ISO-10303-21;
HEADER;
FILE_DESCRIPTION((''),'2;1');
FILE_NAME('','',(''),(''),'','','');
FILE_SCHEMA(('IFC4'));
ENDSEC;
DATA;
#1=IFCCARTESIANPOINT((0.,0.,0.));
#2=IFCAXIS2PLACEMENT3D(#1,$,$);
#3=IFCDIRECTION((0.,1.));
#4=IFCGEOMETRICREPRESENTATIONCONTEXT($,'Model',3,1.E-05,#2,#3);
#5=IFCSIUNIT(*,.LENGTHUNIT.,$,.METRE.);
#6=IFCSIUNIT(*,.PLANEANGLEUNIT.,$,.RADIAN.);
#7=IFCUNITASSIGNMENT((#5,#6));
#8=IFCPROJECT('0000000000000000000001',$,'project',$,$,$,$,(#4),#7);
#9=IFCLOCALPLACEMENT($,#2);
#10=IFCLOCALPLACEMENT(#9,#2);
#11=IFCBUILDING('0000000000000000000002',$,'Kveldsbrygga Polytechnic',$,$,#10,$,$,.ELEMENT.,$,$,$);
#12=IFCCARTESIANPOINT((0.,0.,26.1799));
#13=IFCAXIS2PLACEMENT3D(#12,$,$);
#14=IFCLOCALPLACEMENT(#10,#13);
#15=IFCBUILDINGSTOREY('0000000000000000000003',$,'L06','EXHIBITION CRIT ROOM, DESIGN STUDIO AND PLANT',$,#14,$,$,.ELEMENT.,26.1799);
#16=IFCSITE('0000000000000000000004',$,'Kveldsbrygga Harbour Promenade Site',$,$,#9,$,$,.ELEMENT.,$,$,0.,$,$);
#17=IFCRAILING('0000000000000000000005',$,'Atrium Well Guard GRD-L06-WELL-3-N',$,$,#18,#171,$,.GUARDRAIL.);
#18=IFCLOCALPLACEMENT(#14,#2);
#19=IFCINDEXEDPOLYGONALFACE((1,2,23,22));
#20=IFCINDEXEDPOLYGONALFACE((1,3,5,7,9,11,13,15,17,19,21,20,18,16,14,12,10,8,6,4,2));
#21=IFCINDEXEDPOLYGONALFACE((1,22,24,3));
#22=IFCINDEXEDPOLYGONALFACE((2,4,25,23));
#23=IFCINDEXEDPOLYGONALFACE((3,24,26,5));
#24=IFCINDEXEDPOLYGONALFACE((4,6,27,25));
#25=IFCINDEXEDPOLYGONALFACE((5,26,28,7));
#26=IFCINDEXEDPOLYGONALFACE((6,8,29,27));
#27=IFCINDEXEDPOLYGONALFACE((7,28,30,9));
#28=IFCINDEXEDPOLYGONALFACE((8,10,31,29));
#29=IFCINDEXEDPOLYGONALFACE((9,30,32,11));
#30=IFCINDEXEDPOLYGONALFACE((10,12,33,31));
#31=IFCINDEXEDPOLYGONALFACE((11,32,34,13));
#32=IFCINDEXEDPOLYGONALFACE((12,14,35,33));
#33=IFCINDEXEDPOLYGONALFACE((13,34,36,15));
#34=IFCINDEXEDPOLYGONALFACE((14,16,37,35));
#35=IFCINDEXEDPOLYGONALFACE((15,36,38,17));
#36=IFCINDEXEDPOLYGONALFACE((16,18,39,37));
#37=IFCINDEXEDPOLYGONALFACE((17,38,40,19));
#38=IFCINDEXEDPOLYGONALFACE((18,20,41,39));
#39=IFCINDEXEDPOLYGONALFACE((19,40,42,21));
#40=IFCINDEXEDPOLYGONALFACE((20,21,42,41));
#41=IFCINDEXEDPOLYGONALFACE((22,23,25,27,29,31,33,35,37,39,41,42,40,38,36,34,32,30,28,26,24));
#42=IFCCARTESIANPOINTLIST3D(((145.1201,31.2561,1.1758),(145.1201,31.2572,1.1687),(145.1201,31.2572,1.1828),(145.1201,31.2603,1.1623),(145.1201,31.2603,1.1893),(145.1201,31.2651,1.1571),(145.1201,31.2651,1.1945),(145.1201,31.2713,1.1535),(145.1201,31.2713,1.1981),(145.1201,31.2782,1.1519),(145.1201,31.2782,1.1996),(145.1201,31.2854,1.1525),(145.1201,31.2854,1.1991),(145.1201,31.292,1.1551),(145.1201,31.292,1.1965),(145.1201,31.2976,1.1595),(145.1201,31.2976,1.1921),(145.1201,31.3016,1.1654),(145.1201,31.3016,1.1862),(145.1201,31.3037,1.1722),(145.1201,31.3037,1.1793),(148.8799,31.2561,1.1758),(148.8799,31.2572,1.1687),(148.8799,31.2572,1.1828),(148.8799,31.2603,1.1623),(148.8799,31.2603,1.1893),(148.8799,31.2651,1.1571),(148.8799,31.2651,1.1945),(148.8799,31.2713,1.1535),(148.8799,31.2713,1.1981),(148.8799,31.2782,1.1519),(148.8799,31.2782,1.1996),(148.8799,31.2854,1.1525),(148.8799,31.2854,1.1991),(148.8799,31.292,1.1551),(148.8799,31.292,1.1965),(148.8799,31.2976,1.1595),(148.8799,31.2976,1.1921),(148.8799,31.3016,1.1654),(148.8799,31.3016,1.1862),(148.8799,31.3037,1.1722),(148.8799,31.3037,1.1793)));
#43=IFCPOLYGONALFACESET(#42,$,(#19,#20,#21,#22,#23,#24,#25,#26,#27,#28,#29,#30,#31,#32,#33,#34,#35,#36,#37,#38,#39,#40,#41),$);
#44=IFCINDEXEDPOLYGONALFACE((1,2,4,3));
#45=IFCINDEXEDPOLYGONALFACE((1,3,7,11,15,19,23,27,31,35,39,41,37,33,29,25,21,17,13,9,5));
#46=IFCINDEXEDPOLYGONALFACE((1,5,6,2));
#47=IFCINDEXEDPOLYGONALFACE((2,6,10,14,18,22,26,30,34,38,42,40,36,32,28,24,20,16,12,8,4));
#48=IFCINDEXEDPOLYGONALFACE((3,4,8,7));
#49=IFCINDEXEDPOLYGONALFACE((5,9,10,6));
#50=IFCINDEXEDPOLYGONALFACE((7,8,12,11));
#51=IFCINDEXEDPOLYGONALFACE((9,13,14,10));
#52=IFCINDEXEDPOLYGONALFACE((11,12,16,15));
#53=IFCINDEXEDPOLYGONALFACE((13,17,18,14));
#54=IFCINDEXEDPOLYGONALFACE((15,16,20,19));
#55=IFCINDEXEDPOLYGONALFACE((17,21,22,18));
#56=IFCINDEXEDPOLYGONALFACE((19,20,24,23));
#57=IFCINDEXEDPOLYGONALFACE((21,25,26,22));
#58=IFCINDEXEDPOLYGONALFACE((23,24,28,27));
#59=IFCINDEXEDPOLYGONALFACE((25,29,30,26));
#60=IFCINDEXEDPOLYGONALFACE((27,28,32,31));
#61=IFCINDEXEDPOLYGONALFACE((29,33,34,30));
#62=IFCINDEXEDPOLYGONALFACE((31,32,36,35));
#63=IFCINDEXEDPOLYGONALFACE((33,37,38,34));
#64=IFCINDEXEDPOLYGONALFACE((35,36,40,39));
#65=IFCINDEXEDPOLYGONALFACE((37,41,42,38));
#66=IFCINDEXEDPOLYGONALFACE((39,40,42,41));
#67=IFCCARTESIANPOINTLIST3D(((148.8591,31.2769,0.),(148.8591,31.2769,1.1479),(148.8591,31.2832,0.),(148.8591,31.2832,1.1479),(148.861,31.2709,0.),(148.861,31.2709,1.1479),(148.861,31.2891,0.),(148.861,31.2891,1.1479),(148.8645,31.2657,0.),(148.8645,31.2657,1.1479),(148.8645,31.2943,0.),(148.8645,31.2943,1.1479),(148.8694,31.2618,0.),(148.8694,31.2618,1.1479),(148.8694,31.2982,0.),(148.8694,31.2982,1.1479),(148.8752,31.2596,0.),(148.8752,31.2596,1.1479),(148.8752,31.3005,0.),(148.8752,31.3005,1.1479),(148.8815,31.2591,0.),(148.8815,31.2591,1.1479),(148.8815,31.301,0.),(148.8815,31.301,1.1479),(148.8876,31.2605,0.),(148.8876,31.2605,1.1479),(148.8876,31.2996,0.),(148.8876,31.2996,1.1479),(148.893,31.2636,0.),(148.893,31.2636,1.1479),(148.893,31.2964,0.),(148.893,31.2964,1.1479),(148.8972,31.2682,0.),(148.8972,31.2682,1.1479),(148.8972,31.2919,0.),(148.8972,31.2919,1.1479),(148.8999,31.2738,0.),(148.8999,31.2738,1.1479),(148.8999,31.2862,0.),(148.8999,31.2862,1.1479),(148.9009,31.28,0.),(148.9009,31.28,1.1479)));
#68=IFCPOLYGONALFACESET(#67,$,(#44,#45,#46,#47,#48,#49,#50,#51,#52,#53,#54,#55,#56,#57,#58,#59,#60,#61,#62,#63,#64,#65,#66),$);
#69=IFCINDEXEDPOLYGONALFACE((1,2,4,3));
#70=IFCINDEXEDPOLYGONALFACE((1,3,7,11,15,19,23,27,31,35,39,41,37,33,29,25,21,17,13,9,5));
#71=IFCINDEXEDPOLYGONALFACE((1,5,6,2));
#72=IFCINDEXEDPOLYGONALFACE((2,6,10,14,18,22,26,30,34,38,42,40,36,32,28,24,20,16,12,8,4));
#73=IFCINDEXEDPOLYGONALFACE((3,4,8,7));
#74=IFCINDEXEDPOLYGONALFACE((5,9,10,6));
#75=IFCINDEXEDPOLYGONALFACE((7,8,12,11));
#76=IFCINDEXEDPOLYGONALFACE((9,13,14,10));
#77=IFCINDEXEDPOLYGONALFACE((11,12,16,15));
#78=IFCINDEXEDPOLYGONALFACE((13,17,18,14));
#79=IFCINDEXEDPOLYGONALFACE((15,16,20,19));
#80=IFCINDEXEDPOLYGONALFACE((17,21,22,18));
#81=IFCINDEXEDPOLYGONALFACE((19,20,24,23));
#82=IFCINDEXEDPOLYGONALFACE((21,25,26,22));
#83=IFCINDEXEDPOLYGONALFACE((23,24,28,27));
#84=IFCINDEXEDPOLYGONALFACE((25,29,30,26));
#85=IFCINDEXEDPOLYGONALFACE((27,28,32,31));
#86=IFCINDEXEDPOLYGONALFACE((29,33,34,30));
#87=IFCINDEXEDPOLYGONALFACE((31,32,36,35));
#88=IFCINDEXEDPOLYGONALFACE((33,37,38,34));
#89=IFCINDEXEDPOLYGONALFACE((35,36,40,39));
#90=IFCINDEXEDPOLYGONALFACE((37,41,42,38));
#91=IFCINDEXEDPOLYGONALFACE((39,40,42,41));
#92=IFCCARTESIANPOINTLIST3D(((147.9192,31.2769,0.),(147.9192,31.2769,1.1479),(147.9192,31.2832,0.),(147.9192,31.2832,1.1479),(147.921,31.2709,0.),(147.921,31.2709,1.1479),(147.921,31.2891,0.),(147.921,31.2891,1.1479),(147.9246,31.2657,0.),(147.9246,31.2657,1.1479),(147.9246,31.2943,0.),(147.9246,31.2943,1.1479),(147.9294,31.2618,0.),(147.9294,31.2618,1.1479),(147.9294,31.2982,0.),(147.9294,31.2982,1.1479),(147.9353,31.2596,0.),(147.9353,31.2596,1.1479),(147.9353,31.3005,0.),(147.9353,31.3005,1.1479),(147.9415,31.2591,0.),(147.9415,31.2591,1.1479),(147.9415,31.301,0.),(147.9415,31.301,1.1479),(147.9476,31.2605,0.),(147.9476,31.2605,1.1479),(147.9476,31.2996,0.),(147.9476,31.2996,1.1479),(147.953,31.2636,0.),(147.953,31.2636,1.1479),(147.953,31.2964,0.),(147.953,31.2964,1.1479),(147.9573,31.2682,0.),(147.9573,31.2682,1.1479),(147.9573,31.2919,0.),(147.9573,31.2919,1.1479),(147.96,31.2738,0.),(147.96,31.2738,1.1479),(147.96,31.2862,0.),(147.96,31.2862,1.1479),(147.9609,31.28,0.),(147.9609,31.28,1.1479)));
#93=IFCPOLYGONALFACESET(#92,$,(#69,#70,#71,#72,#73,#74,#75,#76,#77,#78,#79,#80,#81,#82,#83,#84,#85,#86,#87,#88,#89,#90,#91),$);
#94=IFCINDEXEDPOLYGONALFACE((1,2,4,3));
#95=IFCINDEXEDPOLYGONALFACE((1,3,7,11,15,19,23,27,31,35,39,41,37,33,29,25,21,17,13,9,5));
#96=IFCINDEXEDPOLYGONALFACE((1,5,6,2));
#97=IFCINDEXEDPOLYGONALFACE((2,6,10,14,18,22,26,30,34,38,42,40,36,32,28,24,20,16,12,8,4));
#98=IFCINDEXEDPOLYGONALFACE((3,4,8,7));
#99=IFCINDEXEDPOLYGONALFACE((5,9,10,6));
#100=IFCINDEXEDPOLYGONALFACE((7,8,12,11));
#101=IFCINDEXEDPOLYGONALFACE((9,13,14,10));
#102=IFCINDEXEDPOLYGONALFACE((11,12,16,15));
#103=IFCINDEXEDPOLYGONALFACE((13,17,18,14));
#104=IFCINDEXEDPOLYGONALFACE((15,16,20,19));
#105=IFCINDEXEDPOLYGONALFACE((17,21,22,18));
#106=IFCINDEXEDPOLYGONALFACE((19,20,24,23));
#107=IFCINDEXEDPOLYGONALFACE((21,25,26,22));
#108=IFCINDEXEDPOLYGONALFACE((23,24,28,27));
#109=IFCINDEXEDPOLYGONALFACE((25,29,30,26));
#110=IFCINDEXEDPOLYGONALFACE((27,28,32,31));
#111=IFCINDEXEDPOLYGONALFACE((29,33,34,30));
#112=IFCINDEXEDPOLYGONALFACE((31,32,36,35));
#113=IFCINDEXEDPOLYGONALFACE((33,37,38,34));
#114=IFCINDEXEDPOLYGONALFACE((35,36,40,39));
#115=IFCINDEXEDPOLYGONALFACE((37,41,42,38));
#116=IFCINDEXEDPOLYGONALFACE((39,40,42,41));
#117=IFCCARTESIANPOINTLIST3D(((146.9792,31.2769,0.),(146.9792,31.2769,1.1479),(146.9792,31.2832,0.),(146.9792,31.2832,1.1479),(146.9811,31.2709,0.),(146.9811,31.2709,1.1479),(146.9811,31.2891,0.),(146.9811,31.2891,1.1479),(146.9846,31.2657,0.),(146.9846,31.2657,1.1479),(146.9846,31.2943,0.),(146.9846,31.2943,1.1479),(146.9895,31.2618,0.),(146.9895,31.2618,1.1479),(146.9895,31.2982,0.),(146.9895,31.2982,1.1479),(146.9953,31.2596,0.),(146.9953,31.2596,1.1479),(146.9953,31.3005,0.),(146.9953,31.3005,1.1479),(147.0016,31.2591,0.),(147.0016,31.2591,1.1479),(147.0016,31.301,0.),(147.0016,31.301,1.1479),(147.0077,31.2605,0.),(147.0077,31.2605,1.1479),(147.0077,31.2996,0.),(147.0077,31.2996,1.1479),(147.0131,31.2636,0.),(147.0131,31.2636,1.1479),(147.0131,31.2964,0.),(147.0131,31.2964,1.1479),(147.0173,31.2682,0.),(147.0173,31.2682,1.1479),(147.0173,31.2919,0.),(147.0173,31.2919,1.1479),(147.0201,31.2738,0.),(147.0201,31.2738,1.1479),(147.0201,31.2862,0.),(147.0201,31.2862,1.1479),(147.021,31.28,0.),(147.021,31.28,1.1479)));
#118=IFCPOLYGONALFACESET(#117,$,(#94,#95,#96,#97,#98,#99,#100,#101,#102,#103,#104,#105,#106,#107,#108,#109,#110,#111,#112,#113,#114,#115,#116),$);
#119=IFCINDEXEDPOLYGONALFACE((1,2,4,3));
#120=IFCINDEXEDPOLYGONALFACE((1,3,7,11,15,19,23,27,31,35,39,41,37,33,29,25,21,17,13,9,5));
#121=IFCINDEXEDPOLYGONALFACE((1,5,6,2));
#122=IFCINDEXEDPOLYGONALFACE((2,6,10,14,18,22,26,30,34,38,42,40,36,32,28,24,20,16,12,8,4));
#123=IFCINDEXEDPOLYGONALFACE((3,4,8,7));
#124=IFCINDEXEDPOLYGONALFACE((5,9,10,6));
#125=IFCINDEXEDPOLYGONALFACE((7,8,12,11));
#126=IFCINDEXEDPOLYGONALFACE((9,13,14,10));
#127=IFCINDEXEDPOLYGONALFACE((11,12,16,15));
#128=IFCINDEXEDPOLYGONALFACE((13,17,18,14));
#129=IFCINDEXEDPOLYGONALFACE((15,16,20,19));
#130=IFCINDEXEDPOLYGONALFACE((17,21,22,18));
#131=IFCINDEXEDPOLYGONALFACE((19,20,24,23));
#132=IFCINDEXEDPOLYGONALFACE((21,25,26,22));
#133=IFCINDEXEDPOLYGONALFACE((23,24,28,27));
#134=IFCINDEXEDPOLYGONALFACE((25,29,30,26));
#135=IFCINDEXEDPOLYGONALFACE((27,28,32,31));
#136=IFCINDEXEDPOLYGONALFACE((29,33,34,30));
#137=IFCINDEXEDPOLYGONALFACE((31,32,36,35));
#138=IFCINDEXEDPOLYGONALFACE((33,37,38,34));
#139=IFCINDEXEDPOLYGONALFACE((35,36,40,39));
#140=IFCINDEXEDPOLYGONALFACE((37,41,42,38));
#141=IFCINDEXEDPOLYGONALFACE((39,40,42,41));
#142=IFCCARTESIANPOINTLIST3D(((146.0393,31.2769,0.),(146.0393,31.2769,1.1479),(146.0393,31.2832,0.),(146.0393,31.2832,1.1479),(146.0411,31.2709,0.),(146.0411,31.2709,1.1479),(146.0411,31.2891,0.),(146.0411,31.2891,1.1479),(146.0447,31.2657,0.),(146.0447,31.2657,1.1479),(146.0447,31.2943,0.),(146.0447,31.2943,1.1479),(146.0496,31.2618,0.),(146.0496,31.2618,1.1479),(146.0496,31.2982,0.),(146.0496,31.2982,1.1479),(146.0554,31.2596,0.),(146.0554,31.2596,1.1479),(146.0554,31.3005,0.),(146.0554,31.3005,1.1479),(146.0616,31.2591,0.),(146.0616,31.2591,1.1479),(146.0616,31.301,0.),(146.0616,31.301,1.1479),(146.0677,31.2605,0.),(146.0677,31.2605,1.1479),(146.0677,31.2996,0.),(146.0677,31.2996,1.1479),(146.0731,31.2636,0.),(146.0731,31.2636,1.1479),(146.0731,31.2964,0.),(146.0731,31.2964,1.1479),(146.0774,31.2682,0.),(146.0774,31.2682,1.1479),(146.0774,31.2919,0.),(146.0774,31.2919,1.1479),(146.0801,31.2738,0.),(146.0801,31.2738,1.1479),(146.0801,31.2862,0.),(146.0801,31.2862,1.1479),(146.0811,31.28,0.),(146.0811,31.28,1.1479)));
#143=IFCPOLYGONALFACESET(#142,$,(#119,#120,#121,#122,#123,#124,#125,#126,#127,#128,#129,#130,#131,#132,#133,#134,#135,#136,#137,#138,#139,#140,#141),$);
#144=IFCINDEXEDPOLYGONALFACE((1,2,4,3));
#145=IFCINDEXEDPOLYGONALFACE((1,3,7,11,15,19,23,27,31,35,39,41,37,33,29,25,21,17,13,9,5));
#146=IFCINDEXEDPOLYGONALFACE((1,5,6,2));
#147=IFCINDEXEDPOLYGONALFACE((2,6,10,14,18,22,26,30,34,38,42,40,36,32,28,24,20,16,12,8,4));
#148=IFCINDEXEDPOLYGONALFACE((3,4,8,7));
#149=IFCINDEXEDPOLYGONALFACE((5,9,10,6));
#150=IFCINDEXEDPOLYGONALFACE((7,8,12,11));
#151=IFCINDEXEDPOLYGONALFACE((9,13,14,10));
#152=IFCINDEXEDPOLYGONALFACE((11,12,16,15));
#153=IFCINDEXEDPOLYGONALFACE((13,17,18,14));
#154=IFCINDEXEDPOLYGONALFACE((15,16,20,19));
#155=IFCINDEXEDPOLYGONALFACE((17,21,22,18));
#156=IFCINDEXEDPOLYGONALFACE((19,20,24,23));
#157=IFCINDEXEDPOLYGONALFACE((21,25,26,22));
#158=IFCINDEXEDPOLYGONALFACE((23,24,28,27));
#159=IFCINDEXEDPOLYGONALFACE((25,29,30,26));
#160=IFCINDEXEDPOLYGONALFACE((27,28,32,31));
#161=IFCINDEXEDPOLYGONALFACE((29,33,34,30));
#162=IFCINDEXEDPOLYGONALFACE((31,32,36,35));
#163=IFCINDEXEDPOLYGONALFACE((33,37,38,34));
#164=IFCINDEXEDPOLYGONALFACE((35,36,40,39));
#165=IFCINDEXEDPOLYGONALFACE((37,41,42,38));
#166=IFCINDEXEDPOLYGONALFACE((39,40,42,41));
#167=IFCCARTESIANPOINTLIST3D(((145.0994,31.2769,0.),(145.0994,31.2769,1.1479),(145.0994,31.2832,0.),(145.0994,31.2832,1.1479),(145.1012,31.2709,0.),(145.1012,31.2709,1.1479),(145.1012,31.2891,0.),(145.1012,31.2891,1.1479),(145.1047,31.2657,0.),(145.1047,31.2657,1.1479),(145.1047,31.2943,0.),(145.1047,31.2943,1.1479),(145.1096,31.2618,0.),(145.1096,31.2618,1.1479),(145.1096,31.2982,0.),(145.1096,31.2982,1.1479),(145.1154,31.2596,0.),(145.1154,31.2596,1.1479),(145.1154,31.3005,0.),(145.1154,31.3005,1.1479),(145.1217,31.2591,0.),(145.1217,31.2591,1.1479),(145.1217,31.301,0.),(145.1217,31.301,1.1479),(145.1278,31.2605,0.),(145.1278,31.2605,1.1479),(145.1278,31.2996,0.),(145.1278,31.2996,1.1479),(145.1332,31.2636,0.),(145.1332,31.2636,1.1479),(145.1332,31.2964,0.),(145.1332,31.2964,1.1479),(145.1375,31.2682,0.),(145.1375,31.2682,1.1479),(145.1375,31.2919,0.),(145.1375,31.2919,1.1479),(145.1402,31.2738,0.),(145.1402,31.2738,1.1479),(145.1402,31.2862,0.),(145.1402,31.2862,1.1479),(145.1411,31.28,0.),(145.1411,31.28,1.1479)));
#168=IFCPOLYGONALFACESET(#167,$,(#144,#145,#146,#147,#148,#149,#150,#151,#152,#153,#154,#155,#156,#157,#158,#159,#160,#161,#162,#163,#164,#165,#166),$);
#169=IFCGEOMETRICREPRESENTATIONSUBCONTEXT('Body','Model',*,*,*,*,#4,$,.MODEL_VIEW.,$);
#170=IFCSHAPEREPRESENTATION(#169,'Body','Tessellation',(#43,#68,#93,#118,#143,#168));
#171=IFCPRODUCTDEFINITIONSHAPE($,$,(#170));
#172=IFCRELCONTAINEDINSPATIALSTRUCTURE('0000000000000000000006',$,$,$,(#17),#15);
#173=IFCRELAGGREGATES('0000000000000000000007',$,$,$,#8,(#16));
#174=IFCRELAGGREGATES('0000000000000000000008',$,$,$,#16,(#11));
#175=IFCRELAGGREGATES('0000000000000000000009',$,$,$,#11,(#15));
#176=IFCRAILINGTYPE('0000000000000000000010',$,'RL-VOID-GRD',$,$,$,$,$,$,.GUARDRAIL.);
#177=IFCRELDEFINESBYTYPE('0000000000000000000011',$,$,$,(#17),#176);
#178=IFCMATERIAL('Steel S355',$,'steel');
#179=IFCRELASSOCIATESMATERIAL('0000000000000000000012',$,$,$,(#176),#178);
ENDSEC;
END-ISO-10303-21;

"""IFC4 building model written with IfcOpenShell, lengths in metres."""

from ifc_helpers import new_model, si_unit, direction, frame, origin, origin_2d, place, context, subcontext, project, spatial, circle, extrude, material, type_object, element, save


model = new_model("IFC4")

# Units and contexts
model_context = context("Model", 3, precision=1e-05, world=origin(), true_north=direction((0.0, 1.0)))
body_context = subcontext(model_context, "Body", "Model", "MODEL_VIEW")
ifc_project = project(units=[si_unit("LENGTHUNIT", "METRE"), si_unit("PLANEANGLEUNIT", "RADIAN")], contexts=[model_context])

# Site, building, storey
site_placement = place(None, origin())
site = spatial("IfcSite", under=ifc_project, at=site_placement, Name="Kveldsbrygga Harbour Promenade Site", CompositionType="ELEMENT", RefElevation=0.0)
building_placement = place(site_placement, origin())
building = spatial("IfcBuilding", under=site, at=building_placement, Name="Kveldsbrygga Polytechnic", CompositionType="ELEMENT")
storey_placement = place(building_placement, frame((0.0, 0.0, 26.1799)))
storey = spatial("IfcBuildingStorey", under=building, at=storey_placement, Name="L06", Description="EXHIBITION CRIT ROOM, DESIGN STUDIO AND PLANT", CompositionType="ELEMENT", Elevation=26.1799)

# Shared definitions
ifc_material_1 = material(Name="Steel S355", Category="steel")

# Railing
railing_type = type_object("IfcRailingType", Name="RL-VOID-GRD", PredefinedType="GUARDRAIL", material=ifc_material_1)
railing_1_placement = place(storey_placement, frame((148.8799, 31.28, 0.0)))
element("IfcRailing", 1, at=railing_1_placement, inside=storey, type_object=railing_type, Name="Atrium Well Guard GRD-L06-WELL-3-N", PredefinedType="GUARDRAIL", context=body_context, shape_type="SweptSolid", body=[
    extrude(circle(Radius=0.0239, at=origin_2d()), frame((0.0, 0.0, 1.1758), z_axis=(-1.0, 0.0, 0.0), x_axis=(0.0, -1.0, 0.0)), (0.0, 0.0, 1.0), 3.7598),
    extrude(circle(Radius=0.021, at=origin_2d()), origin(), (0.0, 0.0, 1.0), 1.1479),
    extrude(circle(Radius=0.021, at=origin_2d()), frame((-0.9399, 0.0, 0.0)), (0.0, 0.0, 1.0), 1.1479),
    extrude(circle(Radius=0.021, at=origin_2d()), frame((-1.8799, 0.0, 0.0)), (0.0, 0.0, 1.0), 1.1479),
    extrude(circle(Radius=0.021, at=origin_2d()), frame((-2.8198, 0.0, 0.0)), (0.0, 0.0, 1.0), 1.1479),
    extrude(circle(Radius=0.021, at=origin_2d()), frame((-3.7598, 0.0, 0.0)), (0.0, 0.0, 1.0), 1.1479),
])

save(model, "model.ifc")
